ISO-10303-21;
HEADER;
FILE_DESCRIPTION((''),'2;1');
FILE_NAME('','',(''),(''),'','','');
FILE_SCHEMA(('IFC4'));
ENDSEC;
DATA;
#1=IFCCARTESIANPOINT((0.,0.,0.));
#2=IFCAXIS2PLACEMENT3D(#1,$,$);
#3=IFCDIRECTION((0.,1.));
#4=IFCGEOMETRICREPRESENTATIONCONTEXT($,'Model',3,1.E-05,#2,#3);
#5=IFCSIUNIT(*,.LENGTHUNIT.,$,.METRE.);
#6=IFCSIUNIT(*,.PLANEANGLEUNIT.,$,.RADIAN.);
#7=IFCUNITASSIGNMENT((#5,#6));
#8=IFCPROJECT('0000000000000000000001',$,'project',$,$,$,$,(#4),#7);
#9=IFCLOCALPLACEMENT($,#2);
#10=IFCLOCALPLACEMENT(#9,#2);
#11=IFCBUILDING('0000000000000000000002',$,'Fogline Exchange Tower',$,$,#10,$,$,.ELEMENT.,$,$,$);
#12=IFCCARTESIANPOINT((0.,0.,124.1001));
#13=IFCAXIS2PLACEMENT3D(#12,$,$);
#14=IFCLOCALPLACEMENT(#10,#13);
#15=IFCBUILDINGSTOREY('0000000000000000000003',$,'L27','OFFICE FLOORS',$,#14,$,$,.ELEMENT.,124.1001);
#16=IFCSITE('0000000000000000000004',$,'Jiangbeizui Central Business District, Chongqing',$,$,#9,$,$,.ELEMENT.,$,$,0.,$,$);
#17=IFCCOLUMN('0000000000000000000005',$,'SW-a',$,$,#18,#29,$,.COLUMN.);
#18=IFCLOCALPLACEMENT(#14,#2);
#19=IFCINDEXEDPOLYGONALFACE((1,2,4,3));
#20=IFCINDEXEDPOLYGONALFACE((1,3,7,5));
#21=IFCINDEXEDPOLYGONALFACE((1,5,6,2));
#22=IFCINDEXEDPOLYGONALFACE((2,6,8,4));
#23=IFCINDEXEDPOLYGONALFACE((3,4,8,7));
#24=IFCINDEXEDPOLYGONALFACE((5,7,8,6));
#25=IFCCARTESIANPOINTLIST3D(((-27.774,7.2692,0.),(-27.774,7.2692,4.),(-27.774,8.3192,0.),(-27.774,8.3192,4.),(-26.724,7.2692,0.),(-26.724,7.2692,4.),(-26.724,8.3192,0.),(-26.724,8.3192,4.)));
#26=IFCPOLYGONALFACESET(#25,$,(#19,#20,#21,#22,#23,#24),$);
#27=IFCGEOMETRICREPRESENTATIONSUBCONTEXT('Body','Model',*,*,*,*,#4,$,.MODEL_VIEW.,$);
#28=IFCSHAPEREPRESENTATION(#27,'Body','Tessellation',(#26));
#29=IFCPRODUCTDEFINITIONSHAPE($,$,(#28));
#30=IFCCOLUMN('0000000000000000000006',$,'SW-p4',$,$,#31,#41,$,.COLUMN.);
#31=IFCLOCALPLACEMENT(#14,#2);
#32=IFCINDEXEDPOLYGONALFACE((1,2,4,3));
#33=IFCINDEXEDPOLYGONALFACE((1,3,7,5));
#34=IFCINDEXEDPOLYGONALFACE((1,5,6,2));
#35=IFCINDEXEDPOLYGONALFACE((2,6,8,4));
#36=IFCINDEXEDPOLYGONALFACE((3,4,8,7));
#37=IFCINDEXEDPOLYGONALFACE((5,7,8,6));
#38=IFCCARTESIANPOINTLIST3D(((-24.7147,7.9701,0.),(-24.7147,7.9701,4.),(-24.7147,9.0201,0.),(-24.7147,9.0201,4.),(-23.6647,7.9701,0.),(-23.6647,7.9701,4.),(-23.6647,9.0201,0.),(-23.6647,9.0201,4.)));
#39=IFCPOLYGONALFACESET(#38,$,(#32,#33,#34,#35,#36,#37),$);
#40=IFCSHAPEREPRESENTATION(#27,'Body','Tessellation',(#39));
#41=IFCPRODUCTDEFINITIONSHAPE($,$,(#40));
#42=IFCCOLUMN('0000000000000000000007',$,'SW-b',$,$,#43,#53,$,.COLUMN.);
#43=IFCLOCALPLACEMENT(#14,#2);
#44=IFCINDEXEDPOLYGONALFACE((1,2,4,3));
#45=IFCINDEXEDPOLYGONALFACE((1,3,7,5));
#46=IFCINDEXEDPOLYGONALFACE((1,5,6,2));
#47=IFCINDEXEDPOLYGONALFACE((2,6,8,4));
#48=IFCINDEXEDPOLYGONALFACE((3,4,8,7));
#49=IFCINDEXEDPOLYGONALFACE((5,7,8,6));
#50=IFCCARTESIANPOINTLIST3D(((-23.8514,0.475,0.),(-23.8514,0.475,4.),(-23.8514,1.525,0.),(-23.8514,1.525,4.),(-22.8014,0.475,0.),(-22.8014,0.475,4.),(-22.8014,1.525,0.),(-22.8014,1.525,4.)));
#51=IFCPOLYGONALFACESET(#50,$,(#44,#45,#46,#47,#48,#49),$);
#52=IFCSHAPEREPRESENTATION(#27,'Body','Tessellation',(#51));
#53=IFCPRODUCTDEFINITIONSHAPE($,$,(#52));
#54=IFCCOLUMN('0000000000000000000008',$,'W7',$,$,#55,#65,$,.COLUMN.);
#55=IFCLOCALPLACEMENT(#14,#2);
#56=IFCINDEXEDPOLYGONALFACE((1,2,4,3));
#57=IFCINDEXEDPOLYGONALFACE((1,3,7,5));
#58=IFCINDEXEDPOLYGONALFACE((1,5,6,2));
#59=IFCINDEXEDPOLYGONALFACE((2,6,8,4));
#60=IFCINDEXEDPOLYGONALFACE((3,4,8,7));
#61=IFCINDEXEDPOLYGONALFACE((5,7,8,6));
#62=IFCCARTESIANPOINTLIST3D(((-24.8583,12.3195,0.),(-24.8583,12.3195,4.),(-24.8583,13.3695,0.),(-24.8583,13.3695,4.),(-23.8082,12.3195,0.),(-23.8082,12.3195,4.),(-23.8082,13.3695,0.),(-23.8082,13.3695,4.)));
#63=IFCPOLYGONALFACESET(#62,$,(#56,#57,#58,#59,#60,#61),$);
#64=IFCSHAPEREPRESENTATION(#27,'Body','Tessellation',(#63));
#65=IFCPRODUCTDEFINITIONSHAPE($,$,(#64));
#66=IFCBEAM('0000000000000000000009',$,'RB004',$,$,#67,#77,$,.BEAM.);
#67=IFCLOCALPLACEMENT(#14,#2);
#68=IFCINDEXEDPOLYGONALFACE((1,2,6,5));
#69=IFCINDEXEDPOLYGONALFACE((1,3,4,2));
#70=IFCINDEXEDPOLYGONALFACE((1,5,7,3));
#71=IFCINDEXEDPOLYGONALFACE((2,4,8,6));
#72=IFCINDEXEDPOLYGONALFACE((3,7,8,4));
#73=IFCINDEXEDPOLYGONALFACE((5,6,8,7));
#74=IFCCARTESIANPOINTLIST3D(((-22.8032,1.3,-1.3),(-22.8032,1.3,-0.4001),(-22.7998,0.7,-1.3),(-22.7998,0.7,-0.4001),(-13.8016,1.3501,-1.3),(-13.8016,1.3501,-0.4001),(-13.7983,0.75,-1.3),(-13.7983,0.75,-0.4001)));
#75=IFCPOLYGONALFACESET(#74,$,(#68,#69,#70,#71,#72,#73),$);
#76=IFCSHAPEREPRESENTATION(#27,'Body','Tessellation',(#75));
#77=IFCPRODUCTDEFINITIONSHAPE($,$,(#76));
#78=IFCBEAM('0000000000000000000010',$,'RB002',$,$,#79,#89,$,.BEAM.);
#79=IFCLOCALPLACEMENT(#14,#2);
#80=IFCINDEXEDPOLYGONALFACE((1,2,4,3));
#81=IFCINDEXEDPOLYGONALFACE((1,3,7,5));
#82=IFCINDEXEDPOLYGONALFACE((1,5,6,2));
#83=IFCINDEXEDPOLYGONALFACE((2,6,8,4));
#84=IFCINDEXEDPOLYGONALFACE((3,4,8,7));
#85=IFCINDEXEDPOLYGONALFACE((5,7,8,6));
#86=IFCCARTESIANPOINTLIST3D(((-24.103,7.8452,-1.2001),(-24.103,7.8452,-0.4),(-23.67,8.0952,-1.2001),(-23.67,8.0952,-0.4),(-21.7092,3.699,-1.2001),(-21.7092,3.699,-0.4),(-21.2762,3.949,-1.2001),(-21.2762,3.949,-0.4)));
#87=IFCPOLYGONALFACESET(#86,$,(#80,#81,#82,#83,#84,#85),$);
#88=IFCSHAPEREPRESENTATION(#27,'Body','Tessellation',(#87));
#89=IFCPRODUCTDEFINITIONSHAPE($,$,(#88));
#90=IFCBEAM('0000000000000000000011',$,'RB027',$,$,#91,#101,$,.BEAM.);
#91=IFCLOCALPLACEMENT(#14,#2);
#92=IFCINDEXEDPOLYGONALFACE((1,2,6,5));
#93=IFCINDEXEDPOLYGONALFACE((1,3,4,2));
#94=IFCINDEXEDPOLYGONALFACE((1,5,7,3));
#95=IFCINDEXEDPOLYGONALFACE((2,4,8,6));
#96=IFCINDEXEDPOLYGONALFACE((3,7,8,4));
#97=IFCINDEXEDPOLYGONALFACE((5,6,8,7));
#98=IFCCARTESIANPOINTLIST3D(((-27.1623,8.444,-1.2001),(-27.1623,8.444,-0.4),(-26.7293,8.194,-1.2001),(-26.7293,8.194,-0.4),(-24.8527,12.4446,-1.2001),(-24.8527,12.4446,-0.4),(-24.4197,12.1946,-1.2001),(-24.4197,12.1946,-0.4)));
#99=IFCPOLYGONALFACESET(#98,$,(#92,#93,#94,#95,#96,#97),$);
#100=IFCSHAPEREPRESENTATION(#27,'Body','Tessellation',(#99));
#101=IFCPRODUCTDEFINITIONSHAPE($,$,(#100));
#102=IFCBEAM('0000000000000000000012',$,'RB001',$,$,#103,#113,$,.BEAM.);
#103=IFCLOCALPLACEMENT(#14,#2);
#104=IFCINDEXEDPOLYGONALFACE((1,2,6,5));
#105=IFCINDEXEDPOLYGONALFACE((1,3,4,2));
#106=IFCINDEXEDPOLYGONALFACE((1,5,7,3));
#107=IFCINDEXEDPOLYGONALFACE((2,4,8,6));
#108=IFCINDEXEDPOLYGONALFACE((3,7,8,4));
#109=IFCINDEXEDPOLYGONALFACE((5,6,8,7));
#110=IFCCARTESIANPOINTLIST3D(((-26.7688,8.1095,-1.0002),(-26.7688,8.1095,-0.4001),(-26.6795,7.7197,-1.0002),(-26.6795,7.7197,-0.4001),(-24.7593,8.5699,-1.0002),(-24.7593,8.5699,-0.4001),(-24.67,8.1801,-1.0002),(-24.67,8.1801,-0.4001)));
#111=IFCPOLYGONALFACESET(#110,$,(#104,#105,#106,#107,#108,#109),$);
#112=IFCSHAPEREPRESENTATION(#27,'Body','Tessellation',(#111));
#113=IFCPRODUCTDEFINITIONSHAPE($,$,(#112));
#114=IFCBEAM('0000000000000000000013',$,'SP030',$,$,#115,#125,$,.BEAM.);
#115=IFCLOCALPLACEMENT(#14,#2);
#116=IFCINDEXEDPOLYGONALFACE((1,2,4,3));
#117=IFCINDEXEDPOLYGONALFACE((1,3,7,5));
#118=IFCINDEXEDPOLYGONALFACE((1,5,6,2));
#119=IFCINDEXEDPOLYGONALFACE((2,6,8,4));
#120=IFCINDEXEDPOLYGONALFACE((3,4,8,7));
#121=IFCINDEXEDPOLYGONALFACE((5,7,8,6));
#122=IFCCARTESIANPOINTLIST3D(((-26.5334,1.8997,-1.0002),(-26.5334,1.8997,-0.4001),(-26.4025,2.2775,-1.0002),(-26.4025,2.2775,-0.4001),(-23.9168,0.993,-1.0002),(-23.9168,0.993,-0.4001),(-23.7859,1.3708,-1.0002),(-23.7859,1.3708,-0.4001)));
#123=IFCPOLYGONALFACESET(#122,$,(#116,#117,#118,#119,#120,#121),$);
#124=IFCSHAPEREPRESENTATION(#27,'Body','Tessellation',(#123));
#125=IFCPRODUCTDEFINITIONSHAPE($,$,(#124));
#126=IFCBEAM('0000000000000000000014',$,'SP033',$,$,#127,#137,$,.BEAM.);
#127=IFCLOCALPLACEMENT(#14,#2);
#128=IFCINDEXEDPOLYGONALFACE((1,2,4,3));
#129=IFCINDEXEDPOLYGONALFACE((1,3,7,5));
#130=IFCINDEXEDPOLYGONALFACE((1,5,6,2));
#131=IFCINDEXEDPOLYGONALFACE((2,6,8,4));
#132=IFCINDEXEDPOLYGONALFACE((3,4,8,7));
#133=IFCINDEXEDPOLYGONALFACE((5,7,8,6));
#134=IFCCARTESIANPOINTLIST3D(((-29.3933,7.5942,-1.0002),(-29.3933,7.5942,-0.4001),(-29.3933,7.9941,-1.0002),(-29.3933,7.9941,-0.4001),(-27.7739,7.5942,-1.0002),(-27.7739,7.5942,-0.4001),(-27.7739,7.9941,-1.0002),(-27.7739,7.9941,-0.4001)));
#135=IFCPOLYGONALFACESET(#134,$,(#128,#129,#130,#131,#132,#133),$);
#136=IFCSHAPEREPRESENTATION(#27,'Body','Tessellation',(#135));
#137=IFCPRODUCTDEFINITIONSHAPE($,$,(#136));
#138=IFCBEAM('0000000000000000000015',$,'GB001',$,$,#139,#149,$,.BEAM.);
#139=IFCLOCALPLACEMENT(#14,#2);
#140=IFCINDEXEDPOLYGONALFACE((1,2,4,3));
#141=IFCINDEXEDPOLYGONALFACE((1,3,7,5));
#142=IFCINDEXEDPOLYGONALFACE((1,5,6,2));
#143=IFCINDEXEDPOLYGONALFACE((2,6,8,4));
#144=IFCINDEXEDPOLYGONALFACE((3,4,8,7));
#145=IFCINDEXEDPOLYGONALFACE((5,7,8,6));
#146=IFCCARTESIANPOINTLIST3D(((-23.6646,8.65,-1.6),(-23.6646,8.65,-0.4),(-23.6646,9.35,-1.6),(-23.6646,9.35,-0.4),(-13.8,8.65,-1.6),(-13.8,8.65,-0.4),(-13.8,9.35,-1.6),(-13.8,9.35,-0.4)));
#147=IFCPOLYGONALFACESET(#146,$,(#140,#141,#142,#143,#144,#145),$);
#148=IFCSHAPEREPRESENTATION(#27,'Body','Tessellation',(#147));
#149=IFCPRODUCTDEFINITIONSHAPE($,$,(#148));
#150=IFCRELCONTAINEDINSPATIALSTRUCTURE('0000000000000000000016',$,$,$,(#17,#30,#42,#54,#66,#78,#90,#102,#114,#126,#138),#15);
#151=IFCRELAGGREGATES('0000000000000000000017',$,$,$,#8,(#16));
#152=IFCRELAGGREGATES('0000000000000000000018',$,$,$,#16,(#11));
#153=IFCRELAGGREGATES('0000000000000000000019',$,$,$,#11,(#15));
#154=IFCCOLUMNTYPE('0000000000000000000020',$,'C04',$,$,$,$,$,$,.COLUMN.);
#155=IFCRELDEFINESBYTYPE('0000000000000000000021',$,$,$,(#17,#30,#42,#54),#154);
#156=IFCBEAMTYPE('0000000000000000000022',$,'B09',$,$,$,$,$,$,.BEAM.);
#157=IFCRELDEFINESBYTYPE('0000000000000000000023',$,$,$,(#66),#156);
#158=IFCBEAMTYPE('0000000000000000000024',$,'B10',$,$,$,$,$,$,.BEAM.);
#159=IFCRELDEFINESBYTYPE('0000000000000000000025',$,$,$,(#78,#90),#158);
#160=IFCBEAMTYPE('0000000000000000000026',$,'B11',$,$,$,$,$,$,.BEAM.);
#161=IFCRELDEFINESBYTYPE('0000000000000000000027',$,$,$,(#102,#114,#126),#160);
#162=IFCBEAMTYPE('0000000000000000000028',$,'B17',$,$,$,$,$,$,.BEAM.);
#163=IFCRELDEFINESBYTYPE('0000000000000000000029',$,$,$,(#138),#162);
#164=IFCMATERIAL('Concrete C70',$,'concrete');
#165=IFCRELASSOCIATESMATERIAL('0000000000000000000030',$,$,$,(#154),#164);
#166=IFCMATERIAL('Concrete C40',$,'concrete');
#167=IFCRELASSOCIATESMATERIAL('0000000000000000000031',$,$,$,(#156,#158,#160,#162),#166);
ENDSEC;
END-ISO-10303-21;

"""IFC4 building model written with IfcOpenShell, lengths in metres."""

from ifc_helpers import new_model, si_unit, direction, frame, origin, origin_2d, place, context, subcontext, project, spatial, rectangle, extrude, material, material_profile, profile_set, type_object, element, save


model = new_model("IFC4")

# Units and contexts
model_context = context("Model", 3, precision=1e-05, world=origin(), true_north=direction((0.0, 1.0)))
body_context = subcontext(model_context, "Body", "Model", "MODEL_VIEW")
ifc_project = project(units=[si_unit("LENGTHUNIT", "METRE"), si_unit("PLANEANGLEUNIT", "RADIAN")], contexts=[model_context])

# Site, building, storey
site_placement = place(None, origin())
site = spatial("IfcSite", under=ifc_project, at=site_placement, Name="Jiangbeizui Central Business District, Chongqing", CompositionType="ELEMENT", RefElevation=0.0)
building_placement = place(site_placement, origin())
building = spatial("IfcBuilding", under=site, at=building_placement, Name="Fogline Exchange Tower", CompositionType="ELEMENT")
storey_placement = place(building_placement, frame((0.0, 0.0, 124.1001)))
storey = spatial("IfcBuildingStorey", under=building, at=storey_placement, Name="L27", Description="OFFICE FLOORS", CompositionType="ELEMENT", Elevation=124.1001)

# Columns
ifc_material_1 = material(Name="Concrete C70", Category="concrete")
ifc_material_profile_1 = material_profile(ifc_material_1, rectangle(XDim=1.05, YDim=1.05, at=origin_2d()), Name="RC 1050x1050")
ifc_profile_set_1 = profile_set([ifc_material_profile_1], Name="Concrete C70")
column_type = type_object("IfcColumnType", Name="C04", PredefinedType="COLUMN", material=ifc_profile_set_1)
for number, where, z_axis, x_axis, name in (
    (1, (-27.249, 7.7942, 0.0), (0.0, 0.0, 1.0), (1.0, 0.0, 0.0), "SW-a"),
    (2, (-24.1897, 8.4951, 0.0), (0.0, 0.0, 1.0), (1.0, 0.0, 0.0), "SW-p4"),
    (3, (-23.3264, 1.0, 0.0), (0.0, 0.0, 1.0), (1.0, 0.0, 0.0), "SW-b"),
    (4, (-24.3333, 12.8445, 0.0), (0.0, 0.0, 1.0), (1.0, 0.0, 0.0), "W7"),
):
    element("IfcColumn", number, at=place(storey_placement, frame(where, z_axis=z_axis, x_axis=x_axis)), inside=storey, type_object=column_type, Name=name, PredefinedType="COLUMN", context=body_context, shape_type="SweptSolid", body=[
        extrude(rectangle(XDim=1.05, YDim=1.05, at=origin_2d()), origin(), (0.0, 0.0, 1.0), 4.0),
    ])

# Beams
ifc_material_2 = material(Name="Concrete C40", Category="concrete")
ifc_material_profile_2 = material_profile(ifc_material_2, rectangle(XDim=0.6001, YDim=0.8999, at=origin_2d()), Name="RC 600x900")
ifc_profile_set_2 = profile_set([ifc_material_profile_2], Name="Concrete C40")
beam_type_1 = type_object("IfcBeamType", Name="B09", PredefinedType="BEAM", material=ifc_profile_set_2)
beam_1_placement = place(storey_placement, frame((-22.8015, 1.0, -0.8501), z_axis=(0.999985, 0.00556, 0.0), x_axis=(-0.00556, 0.999985, 0.0)))
element("IfcBeam", 5, at=beam_1_placement, inside=storey, type_object=beam_type_1, Name="RB004", PredefinedType="BEAM", context=body_context, shape_type="SweptSolid", body=[
    extrude(rectangle(XDim=0.6001, YDim=0.8999, at=origin_2d()), origin(), (0.0, 0.0, 1.0), 9.0017),
])
ifc_material_profile_3 = material_profile(ifc_material_2, rectangle(XDim=0.5, YDim=0.8, at=origin_2d()), Name="RC 500x800")
ifc_profile_set_3 = profile_set([ifc_material_profile_3], Name="Concrete C40")
beam_type_2 = type_object("IfcBeamType", Name="B10", PredefinedType="BEAM", material=ifc_profile_set_3)
beam_2_placement = place(storey_placement, frame((-23.8865, 7.9702, -0.8), z_axis=(0.499995, -0.866028, 0.0), x_axis=(0.866028, 0.499995, 0.0)))
element("IfcBeam", 6, at=beam_2_placement, inside=storey, type_object=beam_type_2, Name="RB002", PredefinedType="BEAM", context=body_context, shape_type="SweptSolid", body=[
    extrude(rectangle(XDim=0.5, YDim=0.8, at=origin_2d()), origin(), (0.0, 0.0, 1.0), 4.7876),
])
beam_3_placement = place(storey_placement, frame((-24.6362, 12.3196, -0.8), z_axis=(-0.499982, -0.866036, 0.0), x_axis=(0.866036, -0.499982, 0.0)))
element("IfcBeam", 7, at=beam_3_placement, inside=storey, type_object=beam_type_2, Name="RB027", PredefinedType="BEAM", context=body_context, shape_type="SweptSolid", body=[
    extrude(rectangle(XDim=0.5, YDim=0.8, at=origin_2d()), origin(), (0.0, 0.0, 1.0), 4.6194),
])
ifc_material_profile_4 = material_profile(ifc_material_2, rectangle(XDim=0.3999, YDim=0.6001, at=origin_2d()), Name="RC 400x600")
ifc_profile_set_4 = profile_set([ifc_material_profile_4], Name="Concrete C40")
beam_type_3 = type_object("IfcBeamType", Name="B11", PredefinedType="BEAM", material=ifc_profile_set_4)
beam_4_placement = place(storey_placement, frame((-26.7241, 7.9146, -0.7002), z_axis=(0.974739, 0.223346, 0.0), x_axis=(-0.223346, 0.974739, 0.0)))
element("IfcBeam", 8, at=beam_4_placement, inside=storey, type_object=beam_type_3, Name="RB001", PredefinedType="BEAM", context=body_context, shape_type="SweptSolid", body=[
    extrude(rectangle(XDim=0.3999, YDim=0.6001, at=origin_2d()), origin(), (0.0, 0.0, 1.0), 2.0615),
])
beam_5_placement = place(storey_placement, frame((-23.8513, 1.1819, -0.7002), z_axis=(-0.944879, 0.327419, 0.0), x_axis=(-0.327419, -0.944879, 0.0)))
element("IfcBeam", 9, at=beam_5_placement, inside=storey, type_object=beam_type_3, Name="SP030", PredefinedType="BEAM", context=body_context, shape_type="SweptSolid", body=[
    extrude(rectangle(XDim=0.3999, YDim=0.6001, at=origin_2d()), origin(), (0.0, 0.0, 1.0), 2.7693),
])
beam_6_placement = place(storey_placement, frame((-27.7739, 7.7942, -0.7002), z_axis=(-1.0, 0.0, 0.0), x_axis=(0.0, -1.0, 0.0)))
element("IfcBeam", 10, at=beam_6_placement, inside=storey, type_object=beam_type_3, Name="SP033", PredefinedType="BEAM", context=body_context, shape_type="SweptSolid", body=[
    extrude(rectangle(XDim=0.3999, YDim=0.6001, at=origin_2d()), origin(), (0.0, 0.0, 1.0), 1.6194),
])
ifc_material_profile_5 = material_profile(ifc_material_2, rectangle(XDim=0.7, YDim=1.2, at=origin_2d()), Name="RC 700x1200")
ifc_profile_set_5 = profile_set([ifc_material_profile_5], Name="Concrete C40")
beam_type_4 = type_object("IfcBeamType", Name="B17", PredefinedType="BEAM", material=ifc_profile_set_5)
beam_7_placement = place(storey_placement, frame((-23.6646, 9.0, -1.0), z_axis=(1.0, 0.0, 0.0), x_axis=(0.0, 1.0, 0.0)))
element("IfcBeam", 11, at=beam_7_placement, inside=storey, type_object=beam_type_4, Name="GB001", PredefinedType="BEAM", context=body_context, shape_type="SweptSolid", body=[
    extrude(rectangle(XDim=0.7, YDim=1.2, at=origin_2d()), origin(), (0.0, 0.0, 1.0), 9.8645),
])

save(model, "model.ifc")
